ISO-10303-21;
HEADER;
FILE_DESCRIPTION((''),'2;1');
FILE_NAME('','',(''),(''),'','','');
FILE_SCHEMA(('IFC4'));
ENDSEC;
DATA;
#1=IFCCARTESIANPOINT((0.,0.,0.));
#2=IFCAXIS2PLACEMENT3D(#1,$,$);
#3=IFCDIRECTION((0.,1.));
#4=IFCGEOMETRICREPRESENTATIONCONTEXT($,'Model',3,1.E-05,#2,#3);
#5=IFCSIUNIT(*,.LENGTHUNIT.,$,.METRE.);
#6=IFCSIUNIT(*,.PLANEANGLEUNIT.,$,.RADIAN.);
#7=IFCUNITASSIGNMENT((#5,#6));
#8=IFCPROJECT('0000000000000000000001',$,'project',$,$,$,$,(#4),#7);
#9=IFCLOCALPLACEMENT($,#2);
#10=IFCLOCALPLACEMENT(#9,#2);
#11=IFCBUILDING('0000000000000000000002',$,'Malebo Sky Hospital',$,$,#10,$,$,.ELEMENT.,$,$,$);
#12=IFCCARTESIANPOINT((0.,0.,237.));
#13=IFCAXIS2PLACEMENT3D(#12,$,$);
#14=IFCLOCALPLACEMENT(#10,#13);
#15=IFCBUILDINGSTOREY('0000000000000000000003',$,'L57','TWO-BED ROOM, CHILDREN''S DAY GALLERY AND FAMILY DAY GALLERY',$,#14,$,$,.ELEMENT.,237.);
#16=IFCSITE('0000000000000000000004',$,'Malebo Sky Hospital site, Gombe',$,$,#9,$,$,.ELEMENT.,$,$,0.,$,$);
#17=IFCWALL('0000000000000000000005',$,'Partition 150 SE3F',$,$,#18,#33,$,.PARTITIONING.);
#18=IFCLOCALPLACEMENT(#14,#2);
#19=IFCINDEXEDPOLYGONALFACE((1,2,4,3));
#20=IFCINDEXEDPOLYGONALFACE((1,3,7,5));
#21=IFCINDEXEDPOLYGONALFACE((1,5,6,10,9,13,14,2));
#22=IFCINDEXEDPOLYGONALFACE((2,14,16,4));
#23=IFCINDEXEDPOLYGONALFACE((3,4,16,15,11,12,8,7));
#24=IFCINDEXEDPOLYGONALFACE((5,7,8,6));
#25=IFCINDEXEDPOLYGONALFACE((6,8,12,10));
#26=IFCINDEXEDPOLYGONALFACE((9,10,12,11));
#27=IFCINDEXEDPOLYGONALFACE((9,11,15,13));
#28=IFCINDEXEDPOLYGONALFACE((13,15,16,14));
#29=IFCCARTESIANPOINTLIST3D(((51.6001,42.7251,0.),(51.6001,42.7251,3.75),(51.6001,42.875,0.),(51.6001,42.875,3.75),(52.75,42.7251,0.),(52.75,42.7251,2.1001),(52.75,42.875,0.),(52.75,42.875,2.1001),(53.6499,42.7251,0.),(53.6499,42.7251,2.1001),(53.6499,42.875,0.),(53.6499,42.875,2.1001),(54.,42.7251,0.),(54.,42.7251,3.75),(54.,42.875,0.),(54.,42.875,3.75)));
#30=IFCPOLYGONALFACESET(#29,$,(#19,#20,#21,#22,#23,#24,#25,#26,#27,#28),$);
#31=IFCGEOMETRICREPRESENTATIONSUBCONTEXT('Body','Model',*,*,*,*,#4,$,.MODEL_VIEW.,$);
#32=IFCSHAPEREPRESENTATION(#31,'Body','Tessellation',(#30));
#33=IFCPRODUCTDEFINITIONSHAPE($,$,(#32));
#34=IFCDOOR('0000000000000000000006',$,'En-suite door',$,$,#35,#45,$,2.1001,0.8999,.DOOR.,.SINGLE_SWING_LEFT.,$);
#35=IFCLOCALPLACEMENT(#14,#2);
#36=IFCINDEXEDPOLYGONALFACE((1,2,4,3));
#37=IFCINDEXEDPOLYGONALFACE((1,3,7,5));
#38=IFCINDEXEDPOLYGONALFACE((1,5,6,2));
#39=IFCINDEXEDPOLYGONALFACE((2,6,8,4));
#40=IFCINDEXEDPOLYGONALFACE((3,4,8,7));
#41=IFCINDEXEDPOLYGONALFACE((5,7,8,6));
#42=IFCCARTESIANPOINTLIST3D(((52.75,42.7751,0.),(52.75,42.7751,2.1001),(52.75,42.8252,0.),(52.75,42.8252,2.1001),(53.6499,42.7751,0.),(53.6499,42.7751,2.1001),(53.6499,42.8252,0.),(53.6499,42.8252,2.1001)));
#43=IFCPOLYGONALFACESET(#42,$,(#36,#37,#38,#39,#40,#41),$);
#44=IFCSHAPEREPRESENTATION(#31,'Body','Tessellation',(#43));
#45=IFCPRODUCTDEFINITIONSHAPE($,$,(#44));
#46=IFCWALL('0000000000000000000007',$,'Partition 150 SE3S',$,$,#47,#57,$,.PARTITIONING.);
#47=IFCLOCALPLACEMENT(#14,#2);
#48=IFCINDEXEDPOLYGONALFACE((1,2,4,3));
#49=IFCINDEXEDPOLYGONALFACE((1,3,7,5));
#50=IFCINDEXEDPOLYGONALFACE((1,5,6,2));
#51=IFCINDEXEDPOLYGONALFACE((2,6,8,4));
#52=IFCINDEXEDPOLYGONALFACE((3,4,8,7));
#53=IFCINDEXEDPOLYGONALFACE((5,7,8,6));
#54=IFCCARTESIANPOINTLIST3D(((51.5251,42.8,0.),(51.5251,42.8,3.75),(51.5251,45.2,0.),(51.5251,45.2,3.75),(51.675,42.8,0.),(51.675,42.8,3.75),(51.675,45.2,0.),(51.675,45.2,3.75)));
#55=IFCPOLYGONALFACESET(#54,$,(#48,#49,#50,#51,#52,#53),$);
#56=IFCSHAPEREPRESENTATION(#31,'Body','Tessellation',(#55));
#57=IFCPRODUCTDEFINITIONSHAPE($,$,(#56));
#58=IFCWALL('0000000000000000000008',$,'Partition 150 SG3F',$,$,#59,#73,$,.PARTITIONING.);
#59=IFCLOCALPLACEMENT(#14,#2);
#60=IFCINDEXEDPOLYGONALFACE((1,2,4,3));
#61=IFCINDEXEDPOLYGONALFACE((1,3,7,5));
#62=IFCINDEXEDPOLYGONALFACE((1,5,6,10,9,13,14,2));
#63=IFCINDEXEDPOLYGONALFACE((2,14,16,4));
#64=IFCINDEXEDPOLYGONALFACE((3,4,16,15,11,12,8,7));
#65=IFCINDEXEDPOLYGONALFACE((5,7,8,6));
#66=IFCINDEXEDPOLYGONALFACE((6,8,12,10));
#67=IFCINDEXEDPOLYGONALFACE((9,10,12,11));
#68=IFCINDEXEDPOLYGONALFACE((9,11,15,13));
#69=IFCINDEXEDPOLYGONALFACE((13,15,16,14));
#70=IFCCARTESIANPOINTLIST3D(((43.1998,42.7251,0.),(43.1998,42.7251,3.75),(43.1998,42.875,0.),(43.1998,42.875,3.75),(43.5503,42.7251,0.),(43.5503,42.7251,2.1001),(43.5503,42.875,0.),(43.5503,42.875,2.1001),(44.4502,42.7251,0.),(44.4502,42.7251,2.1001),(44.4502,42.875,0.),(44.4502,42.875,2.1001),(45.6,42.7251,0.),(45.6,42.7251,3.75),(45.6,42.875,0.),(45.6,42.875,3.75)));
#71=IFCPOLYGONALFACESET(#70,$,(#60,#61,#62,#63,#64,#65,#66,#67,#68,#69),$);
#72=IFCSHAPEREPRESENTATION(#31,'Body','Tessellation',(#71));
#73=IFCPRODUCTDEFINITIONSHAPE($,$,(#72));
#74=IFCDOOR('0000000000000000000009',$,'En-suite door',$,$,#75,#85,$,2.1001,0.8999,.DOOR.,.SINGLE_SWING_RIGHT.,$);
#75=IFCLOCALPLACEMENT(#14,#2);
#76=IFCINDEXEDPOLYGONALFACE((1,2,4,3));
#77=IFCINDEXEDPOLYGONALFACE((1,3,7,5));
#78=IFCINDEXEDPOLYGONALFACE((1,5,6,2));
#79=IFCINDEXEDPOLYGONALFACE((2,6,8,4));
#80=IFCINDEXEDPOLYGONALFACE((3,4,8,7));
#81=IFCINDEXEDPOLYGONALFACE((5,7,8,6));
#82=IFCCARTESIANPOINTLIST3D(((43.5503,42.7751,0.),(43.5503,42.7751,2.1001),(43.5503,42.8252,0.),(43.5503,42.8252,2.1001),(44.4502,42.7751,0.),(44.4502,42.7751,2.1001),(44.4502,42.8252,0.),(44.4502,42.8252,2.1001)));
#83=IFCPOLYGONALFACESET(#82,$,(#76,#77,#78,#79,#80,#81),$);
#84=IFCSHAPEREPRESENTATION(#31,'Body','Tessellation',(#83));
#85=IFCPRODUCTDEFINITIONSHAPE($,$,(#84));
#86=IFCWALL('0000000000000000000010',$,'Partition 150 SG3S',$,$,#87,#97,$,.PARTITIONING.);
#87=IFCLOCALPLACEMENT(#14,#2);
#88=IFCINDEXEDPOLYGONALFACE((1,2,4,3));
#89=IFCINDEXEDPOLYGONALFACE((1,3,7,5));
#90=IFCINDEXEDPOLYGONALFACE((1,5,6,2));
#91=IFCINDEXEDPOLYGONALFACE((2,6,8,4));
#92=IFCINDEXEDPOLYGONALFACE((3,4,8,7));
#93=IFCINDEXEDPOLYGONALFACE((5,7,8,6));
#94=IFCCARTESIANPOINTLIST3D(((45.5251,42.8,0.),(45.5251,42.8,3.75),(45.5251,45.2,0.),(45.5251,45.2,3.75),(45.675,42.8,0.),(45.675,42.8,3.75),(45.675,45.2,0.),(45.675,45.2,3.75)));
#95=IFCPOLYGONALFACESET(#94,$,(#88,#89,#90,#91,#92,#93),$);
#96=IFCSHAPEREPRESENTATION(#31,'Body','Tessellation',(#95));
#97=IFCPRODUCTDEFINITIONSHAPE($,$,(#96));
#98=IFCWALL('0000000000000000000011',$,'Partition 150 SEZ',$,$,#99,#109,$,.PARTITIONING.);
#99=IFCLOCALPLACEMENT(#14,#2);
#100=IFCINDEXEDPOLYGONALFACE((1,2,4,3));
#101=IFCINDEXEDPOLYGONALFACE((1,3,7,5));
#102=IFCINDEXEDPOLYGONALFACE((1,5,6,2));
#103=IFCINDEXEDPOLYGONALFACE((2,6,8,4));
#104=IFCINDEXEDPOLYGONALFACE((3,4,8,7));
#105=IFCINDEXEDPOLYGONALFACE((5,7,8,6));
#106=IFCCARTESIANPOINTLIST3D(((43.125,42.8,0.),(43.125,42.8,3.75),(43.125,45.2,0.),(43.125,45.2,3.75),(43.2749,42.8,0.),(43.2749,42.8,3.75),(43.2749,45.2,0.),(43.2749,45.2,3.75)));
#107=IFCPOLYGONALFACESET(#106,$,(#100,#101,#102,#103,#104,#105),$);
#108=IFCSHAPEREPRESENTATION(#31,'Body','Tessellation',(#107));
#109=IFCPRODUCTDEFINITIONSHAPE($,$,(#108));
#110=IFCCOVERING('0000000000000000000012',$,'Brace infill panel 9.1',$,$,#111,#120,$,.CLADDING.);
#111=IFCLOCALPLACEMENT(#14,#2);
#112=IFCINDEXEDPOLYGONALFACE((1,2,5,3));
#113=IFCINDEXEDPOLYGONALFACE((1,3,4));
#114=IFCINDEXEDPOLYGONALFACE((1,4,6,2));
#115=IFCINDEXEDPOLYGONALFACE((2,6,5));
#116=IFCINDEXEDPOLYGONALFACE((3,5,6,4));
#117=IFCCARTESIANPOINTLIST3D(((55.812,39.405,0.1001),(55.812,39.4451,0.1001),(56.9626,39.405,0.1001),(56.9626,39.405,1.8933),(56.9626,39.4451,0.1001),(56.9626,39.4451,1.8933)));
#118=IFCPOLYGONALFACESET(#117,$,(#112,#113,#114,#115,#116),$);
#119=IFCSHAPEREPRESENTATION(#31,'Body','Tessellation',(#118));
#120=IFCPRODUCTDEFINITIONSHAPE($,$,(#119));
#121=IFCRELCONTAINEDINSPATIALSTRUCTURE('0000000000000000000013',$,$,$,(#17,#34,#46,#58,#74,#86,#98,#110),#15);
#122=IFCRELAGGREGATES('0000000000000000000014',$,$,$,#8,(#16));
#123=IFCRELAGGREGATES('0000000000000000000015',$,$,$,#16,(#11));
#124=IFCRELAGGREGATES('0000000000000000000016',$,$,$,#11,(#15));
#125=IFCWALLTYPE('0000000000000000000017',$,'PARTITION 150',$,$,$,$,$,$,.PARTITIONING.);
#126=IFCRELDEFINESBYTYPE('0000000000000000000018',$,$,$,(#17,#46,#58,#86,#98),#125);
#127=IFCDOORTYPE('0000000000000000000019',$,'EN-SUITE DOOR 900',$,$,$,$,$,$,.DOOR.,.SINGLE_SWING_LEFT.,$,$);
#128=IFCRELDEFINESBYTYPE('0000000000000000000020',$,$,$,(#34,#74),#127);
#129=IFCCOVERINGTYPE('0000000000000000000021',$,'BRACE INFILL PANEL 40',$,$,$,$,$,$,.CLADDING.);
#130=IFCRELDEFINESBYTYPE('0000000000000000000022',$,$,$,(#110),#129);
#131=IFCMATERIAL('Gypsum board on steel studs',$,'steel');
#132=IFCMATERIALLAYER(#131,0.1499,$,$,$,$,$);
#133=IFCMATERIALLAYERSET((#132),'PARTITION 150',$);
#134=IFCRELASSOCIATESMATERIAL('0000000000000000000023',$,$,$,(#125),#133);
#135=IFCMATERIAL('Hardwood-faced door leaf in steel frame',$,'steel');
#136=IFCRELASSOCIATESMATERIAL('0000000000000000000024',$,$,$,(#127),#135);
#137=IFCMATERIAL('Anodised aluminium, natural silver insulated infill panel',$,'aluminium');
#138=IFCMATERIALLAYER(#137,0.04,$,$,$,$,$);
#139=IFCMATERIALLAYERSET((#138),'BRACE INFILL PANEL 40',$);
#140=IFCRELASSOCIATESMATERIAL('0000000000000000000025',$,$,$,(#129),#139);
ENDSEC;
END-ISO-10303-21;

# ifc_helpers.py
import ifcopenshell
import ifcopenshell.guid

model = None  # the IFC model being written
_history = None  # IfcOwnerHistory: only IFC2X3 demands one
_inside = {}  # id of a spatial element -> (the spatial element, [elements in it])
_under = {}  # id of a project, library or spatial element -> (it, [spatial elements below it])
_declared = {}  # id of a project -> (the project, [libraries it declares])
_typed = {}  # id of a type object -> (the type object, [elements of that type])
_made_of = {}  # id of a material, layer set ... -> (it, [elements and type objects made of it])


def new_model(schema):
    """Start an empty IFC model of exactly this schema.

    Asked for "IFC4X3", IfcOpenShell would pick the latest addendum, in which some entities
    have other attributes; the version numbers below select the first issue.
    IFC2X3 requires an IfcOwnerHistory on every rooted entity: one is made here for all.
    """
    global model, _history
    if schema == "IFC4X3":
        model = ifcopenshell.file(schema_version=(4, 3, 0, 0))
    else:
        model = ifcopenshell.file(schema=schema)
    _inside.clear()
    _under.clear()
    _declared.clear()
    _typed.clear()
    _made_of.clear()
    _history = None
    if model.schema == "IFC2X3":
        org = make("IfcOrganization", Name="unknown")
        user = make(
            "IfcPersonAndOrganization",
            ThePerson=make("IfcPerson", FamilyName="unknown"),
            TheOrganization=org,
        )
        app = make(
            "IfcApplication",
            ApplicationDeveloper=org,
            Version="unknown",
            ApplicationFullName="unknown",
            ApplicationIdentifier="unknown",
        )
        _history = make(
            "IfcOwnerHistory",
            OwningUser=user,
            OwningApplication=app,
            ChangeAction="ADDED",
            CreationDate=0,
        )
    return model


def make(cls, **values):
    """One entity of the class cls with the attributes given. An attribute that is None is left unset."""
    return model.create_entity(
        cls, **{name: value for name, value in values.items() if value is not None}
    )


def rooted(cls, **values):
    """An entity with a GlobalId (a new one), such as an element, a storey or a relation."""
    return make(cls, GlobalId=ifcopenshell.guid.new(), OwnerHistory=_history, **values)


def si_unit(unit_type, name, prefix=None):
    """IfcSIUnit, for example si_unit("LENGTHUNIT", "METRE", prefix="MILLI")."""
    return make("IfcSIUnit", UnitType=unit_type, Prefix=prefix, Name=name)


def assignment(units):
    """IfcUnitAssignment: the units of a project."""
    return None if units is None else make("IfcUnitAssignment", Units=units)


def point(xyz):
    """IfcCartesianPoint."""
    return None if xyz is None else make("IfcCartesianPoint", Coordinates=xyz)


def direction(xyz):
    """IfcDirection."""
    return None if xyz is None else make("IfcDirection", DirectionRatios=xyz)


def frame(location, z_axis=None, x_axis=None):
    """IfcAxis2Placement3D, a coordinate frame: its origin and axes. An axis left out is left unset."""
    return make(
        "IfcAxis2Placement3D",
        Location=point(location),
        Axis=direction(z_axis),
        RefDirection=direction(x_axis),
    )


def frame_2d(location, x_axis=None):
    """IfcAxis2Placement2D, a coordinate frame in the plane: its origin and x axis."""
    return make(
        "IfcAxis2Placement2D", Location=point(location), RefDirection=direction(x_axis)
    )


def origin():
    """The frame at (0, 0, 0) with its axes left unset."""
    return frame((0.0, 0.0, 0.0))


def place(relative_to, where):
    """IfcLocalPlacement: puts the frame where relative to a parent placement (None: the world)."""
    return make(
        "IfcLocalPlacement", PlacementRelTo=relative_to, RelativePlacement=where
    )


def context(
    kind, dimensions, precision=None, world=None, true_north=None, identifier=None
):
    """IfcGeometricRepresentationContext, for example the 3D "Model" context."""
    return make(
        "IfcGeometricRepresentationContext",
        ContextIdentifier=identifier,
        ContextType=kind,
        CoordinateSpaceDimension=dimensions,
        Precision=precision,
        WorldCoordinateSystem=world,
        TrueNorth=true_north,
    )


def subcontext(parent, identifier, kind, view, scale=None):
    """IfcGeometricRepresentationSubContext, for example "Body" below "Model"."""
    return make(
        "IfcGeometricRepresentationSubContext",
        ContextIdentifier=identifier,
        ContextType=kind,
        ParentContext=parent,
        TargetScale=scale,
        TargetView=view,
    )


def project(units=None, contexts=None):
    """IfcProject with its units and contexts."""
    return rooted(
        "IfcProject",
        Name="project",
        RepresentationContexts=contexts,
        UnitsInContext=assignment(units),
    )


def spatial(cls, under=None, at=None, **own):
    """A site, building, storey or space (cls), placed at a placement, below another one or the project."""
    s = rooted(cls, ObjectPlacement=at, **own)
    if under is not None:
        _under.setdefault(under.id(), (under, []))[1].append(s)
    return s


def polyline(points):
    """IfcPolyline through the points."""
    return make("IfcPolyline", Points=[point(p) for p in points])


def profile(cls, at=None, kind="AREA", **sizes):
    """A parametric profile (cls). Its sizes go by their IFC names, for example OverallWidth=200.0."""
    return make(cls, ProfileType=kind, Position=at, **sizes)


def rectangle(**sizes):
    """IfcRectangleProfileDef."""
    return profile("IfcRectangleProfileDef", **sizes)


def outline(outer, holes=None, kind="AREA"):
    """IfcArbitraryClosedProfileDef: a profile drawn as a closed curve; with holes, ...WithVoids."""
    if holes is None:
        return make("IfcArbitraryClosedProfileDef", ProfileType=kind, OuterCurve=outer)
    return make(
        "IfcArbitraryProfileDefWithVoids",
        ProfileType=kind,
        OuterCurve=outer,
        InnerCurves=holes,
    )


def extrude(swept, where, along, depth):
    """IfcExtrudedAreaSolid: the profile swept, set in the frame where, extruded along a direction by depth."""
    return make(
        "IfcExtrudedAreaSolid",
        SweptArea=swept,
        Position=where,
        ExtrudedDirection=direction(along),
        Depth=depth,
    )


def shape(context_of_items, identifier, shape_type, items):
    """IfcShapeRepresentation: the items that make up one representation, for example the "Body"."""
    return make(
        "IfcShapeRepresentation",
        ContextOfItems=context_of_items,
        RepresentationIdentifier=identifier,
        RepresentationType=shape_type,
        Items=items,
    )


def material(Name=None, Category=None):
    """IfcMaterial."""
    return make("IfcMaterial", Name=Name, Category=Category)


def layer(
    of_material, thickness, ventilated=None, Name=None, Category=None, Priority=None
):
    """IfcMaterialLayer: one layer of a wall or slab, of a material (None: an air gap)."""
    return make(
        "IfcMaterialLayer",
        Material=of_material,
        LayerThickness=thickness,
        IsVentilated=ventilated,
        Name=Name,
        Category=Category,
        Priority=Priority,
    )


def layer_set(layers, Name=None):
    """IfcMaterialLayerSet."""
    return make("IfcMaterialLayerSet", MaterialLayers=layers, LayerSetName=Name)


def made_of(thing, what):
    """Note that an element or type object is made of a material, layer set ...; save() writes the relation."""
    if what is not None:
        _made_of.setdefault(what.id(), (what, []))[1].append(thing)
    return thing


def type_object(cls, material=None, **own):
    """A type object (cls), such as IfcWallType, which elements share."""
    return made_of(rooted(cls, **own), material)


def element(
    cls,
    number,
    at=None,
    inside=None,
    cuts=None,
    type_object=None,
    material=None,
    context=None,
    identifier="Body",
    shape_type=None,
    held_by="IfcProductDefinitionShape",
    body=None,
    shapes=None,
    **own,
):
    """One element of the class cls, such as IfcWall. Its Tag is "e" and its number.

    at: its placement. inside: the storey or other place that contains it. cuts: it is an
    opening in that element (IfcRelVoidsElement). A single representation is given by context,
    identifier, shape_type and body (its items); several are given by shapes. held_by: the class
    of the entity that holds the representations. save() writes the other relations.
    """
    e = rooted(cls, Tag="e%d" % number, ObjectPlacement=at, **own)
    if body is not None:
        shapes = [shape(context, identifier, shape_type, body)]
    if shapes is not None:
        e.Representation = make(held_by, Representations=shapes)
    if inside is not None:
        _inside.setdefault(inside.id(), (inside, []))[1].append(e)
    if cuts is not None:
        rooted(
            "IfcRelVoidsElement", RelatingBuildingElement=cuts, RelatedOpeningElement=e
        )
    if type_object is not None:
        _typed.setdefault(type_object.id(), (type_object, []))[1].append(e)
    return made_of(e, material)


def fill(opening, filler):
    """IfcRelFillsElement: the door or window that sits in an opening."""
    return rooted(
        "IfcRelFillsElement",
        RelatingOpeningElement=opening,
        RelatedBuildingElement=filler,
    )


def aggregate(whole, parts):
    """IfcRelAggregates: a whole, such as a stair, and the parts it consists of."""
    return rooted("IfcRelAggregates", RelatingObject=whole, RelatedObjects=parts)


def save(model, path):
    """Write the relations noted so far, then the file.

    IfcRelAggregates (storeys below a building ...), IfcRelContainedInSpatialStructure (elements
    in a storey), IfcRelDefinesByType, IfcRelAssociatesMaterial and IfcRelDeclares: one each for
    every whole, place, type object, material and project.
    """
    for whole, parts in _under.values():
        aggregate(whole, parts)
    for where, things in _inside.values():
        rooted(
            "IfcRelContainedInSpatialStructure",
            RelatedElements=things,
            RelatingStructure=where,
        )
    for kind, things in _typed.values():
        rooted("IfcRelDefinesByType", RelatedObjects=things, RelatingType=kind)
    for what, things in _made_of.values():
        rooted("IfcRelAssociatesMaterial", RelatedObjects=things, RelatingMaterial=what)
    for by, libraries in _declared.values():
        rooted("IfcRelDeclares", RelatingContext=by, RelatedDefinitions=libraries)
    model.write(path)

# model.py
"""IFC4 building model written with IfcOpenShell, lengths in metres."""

from ifc_helpers import new_model, si_unit, direction, frame, frame_2d, origin, place, context, subcontext, project, spatial, polyline, rectangle, outline, extrude, material, layer, layer_set, type_object, element, fill, save


model = new_model("IFC4")

# Units and contexts
model_context = context("Model", 3, precision=1e-05, world=origin(), true_north=direction((0.0, 1.0)))
body_context = subcontext(model_context, "Body", "Model", "MODEL_VIEW")
ifc_project = project(units=[si_unit("LENGTHUNIT", "METRE"), si_unit("PLANEANGLEUNIT", "RADIAN")], contexts=[model_context])

# Site, building, storey
site_placement = place(None, origin())
site = spatial("IfcSite", under=ifc_project, at=site_placement, Name="Malebo Sky Hospital site, Gombe", CompositionType="ELEMENT", RefElevation=0.0)
building_placement = place(site_placement, origin())
building = spatial("IfcBuilding", under=site, at=building_placement, Name="Malebo Sky Hospital", CompositionType="ELEMENT")
storey_placement = place(building_placement, frame((0.0, 0.0, 237.0)))
storey = spatial("IfcBuildingStorey", under=building, at=storey_placement, Name="L57", Description="TWO-BED ROOM, CHILDREN'S DAY GALLERY AND FAMILY DAY GALLERY", CompositionType="ELEMENT", Elevation=237.0)

# Shared definitions
ifc_material_1 = material(Name="Gypsum board on steel studs", Category="steel")
ifc_layer_1 = layer(ifc_material_1, 0.1499)
ifc_layer_set_1 = layer_set([ifc_layer_1], Name="PARTITION 150")
wall_type = type_object("IfcWallType", Name="PARTITION 150", PredefinedType="PARTITIONING", material=ifc_layer_set_1)

# Wall, opening, door
wall_1_placement = place(storey_placement, frame((54.0, 42.8, 0.0), z_axis=(0.0, 0.0, 1.0), x_axis=(-1.0, 0.0, 0.0)))
wall_1 = element("IfcWall", 1, at=wall_1_placement, inside=storey, type_object=wall_type, Name="Partition 150 SE3F", PredefinedType="PARTITIONING", context=body_context, shape_type="SweptSolid", body=[
    extrude(rectangle(XDim=2.3999, YDim=0.1499, at=frame_2d((1.2, 0.0))), origin(), (0.0, 0.0, 1.0), 3.75),
])
opening_1_placement = place(wall_1_placement, frame((0.3501, 0.0, 0.0)))
opening_1 = element("IfcOpeningElement", 2, at=opening_1_placement, cuts=wall_1, PredefinedType="OPENING", context=body_context, shape_type="SweptSolid", body=[
    extrude(rectangle(XDim=0.8999, YDim=2.1001, at=frame_2d((0.45, 1.05))), frame((0.0, 0.085, 0.0), z_axis=(0.0, -1.0, 0.0), x_axis=(1.0, 0.0, 0.0)), (0.0, 0.0, 1.0), 0.1699),
])
ifc_material_2 = material(Name="Hardwood-faced door leaf in steel frame", Category="steel")
door_type = type_object("IfcDoorType", Name="EN-SUITE DOOR 900", OperationType="SINGLE_SWING_LEFT", PredefinedType="DOOR", material=ifc_material_2)
door_1_placement = place(opening_1_placement, origin())
door_1 = element("IfcDoor", 3, at=door_1_placement, inside=storey, type_object=door_type, Name="En-suite door", OperationType="SINGLE_SWING_LEFT", OverallHeight=2.1001, OverallWidth=0.8999, PredefinedType="DOOR", context=body_context, shape_type="SweptSolid", body=[
    extrude(rectangle(XDim=0.8999, YDim=2.1001, at=frame_2d((0.45, 1.05))), frame((0.0, 0.0249, 0.0), z_axis=(0.0, -1.0, 0.0), x_axis=(1.0, 0.0, 0.0)), (0.0, 0.0, 1.0), 0.05),
])
fill(opening_1, door_1)

# Wall
wall_2_placement = place(storey_placement, frame((51.6001, 45.2, 0.0), z_axis=(0.0, 0.0, 1.0), x_axis=(0.0, -1.0, 0.0)))
element("IfcWall", 4, at=wall_2_placement, inside=storey, type_object=wall_type, Name="Partition 150 SE3S", PredefinedType="PARTITIONING", context=body_context, shape_type="SweptSolid", body=[
    extrude(rectangle(XDim=2.3999, YDim=0.1499, at=frame_2d((1.2, 0.0))), origin(), (0.0, 0.0, 1.0), 3.75),
])

# Wall, opening, door
wall_3_placement = place(storey_placement, frame((45.6001, 42.8, 0.0), z_axis=(0.0, 0.0, 1.0), x_axis=(-1.0, 0.0, 0.0)))
wall_3 = element("IfcWall", 5, at=wall_3_placement, inside=storey, type_object=wall_type, Name="Partition 150 SG3F", PredefinedType="PARTITIONING", context=body_context, shape_type="SweptSolid", body=[
    extrude(rectangle(XDim=2.4001, YDim=0.1499, at=frame_2d((1.2002, 0.0))), origin(), (0.0, 0.0, 1.0), 3.75),
])
opening_2_placement = place(wall_3_placement, frame((1.1499, 0.0, 0.0)))
opening_2 = element("IfcOpeningElement", 6, at=opening_2_placement, cuts=wall_3, PredefinedType="OPENING", context=body_context, shape_type="SweptSolid", body=[
    extrude(rectangle(XDim=0.8999, YDim=2.1001, at=frame_2d((0.45, 1.05))), frame((0.0, 0.085, 0.0), z_axis=(0.0, -1.0, 0.0), x_axis=(1.0, 0.0, 0.0)), (0.0, 0.0, 1.0), 0.1699),
])
door_2_placement = place(opening_2_placement, origin())
door_2 = element("IfcDoor", 7, at=door_2_placement, inside=storey, type_object=door_type, Name="En-suite door", OperationType="SINGLE_SWING_RIGHT", OverallHeight=2.1001, OverallWidth=0.8999, PredefinedType="DOOR", context=body_context, shape_type="SweptSolid", body=[
    extrude(rectangle(XDim=0.8999, YDim=2.1001, at=frame_2d((0.45, 1.05))), frame((0.0, 0.0249, 0.0), z_axis=(0.0, -1.0, 0.0), x_axis=(1.0, 0.0, 0.0)), (0.0, 0.0, 1.0), 0.05),
])
fill(opening_2, door_2)

# Walls
for number, where, z_axis, x_axis, name in (
    (8, (45.6001, 45.2, 0.0), (0.0, 0.0, 1.0), (0.0, -1.0, 0.0), "Partition 150 SG3S"),
    (9, (43.2, 45.2, 0.0), (0.0, 0.0, 1.0), (0.0, -1.0, 0.0), "Partition 150 SEZ"),
):
    element("IfcWall", number, at=place(storey_placement, frame(where, z_axis=z_axis, x_axis=x_axis)), inside=storey, type_object=wall_type, Name=name, PredefinedType="PARTITIONING", context=body_context, shape_type="SweptSolid", body=[
        extrude(rectangle(XDim=2.3999, YDim=0.1499, at=frame_2d((1.2, 0.0))), origin(), (0.0, 0.0, 1.0), 3.75),
    ])

# Covering
ifc_material_3 = material(Name="Anodised aluminium, natural silver insulated infill panel", Category="aluminium")
ifc_layer_2 = layer(ifc_material_3, 0.04)
ifc_layer_set_2 = layer_set([ifc_layer_2], Name="BRACE INFILL PANEL 40")
covering_type = type_object("IfcCoveringType", Name="BRACE INFILL PANEL 40", PredefinedType="CLADDING", material=ifc_layer_set_2)
covering_placement = place(storey_placement, frame((56.3872, 39.425, 0.1001), z_axis=(0.0, 0.0, 1.0), x_axis=(-1.0, 0.0, 0.0)))
element("IfcCovering", 10, at=covering_placement, inside=storey, type_object=covering_type, Name="Brace infill panel 9.1", PredefinedType="CLADDING", context=body_context, shape_type="SweptSolid", body=[
    extrude(outline(polyline([(-0.5754, 0.0), (0.5752, 0.0), (-0.5754, 1.7932), (-0.5754, 0.0)])), frame((0.0, 0.02, 0.0), z_axis=(0.0, -1.0, 0.0), x_axis=(1.0, 0.0, 0.0)), (0.0, 0.0, 1.0), 0.04),
])

save(model, "model.ifc")
